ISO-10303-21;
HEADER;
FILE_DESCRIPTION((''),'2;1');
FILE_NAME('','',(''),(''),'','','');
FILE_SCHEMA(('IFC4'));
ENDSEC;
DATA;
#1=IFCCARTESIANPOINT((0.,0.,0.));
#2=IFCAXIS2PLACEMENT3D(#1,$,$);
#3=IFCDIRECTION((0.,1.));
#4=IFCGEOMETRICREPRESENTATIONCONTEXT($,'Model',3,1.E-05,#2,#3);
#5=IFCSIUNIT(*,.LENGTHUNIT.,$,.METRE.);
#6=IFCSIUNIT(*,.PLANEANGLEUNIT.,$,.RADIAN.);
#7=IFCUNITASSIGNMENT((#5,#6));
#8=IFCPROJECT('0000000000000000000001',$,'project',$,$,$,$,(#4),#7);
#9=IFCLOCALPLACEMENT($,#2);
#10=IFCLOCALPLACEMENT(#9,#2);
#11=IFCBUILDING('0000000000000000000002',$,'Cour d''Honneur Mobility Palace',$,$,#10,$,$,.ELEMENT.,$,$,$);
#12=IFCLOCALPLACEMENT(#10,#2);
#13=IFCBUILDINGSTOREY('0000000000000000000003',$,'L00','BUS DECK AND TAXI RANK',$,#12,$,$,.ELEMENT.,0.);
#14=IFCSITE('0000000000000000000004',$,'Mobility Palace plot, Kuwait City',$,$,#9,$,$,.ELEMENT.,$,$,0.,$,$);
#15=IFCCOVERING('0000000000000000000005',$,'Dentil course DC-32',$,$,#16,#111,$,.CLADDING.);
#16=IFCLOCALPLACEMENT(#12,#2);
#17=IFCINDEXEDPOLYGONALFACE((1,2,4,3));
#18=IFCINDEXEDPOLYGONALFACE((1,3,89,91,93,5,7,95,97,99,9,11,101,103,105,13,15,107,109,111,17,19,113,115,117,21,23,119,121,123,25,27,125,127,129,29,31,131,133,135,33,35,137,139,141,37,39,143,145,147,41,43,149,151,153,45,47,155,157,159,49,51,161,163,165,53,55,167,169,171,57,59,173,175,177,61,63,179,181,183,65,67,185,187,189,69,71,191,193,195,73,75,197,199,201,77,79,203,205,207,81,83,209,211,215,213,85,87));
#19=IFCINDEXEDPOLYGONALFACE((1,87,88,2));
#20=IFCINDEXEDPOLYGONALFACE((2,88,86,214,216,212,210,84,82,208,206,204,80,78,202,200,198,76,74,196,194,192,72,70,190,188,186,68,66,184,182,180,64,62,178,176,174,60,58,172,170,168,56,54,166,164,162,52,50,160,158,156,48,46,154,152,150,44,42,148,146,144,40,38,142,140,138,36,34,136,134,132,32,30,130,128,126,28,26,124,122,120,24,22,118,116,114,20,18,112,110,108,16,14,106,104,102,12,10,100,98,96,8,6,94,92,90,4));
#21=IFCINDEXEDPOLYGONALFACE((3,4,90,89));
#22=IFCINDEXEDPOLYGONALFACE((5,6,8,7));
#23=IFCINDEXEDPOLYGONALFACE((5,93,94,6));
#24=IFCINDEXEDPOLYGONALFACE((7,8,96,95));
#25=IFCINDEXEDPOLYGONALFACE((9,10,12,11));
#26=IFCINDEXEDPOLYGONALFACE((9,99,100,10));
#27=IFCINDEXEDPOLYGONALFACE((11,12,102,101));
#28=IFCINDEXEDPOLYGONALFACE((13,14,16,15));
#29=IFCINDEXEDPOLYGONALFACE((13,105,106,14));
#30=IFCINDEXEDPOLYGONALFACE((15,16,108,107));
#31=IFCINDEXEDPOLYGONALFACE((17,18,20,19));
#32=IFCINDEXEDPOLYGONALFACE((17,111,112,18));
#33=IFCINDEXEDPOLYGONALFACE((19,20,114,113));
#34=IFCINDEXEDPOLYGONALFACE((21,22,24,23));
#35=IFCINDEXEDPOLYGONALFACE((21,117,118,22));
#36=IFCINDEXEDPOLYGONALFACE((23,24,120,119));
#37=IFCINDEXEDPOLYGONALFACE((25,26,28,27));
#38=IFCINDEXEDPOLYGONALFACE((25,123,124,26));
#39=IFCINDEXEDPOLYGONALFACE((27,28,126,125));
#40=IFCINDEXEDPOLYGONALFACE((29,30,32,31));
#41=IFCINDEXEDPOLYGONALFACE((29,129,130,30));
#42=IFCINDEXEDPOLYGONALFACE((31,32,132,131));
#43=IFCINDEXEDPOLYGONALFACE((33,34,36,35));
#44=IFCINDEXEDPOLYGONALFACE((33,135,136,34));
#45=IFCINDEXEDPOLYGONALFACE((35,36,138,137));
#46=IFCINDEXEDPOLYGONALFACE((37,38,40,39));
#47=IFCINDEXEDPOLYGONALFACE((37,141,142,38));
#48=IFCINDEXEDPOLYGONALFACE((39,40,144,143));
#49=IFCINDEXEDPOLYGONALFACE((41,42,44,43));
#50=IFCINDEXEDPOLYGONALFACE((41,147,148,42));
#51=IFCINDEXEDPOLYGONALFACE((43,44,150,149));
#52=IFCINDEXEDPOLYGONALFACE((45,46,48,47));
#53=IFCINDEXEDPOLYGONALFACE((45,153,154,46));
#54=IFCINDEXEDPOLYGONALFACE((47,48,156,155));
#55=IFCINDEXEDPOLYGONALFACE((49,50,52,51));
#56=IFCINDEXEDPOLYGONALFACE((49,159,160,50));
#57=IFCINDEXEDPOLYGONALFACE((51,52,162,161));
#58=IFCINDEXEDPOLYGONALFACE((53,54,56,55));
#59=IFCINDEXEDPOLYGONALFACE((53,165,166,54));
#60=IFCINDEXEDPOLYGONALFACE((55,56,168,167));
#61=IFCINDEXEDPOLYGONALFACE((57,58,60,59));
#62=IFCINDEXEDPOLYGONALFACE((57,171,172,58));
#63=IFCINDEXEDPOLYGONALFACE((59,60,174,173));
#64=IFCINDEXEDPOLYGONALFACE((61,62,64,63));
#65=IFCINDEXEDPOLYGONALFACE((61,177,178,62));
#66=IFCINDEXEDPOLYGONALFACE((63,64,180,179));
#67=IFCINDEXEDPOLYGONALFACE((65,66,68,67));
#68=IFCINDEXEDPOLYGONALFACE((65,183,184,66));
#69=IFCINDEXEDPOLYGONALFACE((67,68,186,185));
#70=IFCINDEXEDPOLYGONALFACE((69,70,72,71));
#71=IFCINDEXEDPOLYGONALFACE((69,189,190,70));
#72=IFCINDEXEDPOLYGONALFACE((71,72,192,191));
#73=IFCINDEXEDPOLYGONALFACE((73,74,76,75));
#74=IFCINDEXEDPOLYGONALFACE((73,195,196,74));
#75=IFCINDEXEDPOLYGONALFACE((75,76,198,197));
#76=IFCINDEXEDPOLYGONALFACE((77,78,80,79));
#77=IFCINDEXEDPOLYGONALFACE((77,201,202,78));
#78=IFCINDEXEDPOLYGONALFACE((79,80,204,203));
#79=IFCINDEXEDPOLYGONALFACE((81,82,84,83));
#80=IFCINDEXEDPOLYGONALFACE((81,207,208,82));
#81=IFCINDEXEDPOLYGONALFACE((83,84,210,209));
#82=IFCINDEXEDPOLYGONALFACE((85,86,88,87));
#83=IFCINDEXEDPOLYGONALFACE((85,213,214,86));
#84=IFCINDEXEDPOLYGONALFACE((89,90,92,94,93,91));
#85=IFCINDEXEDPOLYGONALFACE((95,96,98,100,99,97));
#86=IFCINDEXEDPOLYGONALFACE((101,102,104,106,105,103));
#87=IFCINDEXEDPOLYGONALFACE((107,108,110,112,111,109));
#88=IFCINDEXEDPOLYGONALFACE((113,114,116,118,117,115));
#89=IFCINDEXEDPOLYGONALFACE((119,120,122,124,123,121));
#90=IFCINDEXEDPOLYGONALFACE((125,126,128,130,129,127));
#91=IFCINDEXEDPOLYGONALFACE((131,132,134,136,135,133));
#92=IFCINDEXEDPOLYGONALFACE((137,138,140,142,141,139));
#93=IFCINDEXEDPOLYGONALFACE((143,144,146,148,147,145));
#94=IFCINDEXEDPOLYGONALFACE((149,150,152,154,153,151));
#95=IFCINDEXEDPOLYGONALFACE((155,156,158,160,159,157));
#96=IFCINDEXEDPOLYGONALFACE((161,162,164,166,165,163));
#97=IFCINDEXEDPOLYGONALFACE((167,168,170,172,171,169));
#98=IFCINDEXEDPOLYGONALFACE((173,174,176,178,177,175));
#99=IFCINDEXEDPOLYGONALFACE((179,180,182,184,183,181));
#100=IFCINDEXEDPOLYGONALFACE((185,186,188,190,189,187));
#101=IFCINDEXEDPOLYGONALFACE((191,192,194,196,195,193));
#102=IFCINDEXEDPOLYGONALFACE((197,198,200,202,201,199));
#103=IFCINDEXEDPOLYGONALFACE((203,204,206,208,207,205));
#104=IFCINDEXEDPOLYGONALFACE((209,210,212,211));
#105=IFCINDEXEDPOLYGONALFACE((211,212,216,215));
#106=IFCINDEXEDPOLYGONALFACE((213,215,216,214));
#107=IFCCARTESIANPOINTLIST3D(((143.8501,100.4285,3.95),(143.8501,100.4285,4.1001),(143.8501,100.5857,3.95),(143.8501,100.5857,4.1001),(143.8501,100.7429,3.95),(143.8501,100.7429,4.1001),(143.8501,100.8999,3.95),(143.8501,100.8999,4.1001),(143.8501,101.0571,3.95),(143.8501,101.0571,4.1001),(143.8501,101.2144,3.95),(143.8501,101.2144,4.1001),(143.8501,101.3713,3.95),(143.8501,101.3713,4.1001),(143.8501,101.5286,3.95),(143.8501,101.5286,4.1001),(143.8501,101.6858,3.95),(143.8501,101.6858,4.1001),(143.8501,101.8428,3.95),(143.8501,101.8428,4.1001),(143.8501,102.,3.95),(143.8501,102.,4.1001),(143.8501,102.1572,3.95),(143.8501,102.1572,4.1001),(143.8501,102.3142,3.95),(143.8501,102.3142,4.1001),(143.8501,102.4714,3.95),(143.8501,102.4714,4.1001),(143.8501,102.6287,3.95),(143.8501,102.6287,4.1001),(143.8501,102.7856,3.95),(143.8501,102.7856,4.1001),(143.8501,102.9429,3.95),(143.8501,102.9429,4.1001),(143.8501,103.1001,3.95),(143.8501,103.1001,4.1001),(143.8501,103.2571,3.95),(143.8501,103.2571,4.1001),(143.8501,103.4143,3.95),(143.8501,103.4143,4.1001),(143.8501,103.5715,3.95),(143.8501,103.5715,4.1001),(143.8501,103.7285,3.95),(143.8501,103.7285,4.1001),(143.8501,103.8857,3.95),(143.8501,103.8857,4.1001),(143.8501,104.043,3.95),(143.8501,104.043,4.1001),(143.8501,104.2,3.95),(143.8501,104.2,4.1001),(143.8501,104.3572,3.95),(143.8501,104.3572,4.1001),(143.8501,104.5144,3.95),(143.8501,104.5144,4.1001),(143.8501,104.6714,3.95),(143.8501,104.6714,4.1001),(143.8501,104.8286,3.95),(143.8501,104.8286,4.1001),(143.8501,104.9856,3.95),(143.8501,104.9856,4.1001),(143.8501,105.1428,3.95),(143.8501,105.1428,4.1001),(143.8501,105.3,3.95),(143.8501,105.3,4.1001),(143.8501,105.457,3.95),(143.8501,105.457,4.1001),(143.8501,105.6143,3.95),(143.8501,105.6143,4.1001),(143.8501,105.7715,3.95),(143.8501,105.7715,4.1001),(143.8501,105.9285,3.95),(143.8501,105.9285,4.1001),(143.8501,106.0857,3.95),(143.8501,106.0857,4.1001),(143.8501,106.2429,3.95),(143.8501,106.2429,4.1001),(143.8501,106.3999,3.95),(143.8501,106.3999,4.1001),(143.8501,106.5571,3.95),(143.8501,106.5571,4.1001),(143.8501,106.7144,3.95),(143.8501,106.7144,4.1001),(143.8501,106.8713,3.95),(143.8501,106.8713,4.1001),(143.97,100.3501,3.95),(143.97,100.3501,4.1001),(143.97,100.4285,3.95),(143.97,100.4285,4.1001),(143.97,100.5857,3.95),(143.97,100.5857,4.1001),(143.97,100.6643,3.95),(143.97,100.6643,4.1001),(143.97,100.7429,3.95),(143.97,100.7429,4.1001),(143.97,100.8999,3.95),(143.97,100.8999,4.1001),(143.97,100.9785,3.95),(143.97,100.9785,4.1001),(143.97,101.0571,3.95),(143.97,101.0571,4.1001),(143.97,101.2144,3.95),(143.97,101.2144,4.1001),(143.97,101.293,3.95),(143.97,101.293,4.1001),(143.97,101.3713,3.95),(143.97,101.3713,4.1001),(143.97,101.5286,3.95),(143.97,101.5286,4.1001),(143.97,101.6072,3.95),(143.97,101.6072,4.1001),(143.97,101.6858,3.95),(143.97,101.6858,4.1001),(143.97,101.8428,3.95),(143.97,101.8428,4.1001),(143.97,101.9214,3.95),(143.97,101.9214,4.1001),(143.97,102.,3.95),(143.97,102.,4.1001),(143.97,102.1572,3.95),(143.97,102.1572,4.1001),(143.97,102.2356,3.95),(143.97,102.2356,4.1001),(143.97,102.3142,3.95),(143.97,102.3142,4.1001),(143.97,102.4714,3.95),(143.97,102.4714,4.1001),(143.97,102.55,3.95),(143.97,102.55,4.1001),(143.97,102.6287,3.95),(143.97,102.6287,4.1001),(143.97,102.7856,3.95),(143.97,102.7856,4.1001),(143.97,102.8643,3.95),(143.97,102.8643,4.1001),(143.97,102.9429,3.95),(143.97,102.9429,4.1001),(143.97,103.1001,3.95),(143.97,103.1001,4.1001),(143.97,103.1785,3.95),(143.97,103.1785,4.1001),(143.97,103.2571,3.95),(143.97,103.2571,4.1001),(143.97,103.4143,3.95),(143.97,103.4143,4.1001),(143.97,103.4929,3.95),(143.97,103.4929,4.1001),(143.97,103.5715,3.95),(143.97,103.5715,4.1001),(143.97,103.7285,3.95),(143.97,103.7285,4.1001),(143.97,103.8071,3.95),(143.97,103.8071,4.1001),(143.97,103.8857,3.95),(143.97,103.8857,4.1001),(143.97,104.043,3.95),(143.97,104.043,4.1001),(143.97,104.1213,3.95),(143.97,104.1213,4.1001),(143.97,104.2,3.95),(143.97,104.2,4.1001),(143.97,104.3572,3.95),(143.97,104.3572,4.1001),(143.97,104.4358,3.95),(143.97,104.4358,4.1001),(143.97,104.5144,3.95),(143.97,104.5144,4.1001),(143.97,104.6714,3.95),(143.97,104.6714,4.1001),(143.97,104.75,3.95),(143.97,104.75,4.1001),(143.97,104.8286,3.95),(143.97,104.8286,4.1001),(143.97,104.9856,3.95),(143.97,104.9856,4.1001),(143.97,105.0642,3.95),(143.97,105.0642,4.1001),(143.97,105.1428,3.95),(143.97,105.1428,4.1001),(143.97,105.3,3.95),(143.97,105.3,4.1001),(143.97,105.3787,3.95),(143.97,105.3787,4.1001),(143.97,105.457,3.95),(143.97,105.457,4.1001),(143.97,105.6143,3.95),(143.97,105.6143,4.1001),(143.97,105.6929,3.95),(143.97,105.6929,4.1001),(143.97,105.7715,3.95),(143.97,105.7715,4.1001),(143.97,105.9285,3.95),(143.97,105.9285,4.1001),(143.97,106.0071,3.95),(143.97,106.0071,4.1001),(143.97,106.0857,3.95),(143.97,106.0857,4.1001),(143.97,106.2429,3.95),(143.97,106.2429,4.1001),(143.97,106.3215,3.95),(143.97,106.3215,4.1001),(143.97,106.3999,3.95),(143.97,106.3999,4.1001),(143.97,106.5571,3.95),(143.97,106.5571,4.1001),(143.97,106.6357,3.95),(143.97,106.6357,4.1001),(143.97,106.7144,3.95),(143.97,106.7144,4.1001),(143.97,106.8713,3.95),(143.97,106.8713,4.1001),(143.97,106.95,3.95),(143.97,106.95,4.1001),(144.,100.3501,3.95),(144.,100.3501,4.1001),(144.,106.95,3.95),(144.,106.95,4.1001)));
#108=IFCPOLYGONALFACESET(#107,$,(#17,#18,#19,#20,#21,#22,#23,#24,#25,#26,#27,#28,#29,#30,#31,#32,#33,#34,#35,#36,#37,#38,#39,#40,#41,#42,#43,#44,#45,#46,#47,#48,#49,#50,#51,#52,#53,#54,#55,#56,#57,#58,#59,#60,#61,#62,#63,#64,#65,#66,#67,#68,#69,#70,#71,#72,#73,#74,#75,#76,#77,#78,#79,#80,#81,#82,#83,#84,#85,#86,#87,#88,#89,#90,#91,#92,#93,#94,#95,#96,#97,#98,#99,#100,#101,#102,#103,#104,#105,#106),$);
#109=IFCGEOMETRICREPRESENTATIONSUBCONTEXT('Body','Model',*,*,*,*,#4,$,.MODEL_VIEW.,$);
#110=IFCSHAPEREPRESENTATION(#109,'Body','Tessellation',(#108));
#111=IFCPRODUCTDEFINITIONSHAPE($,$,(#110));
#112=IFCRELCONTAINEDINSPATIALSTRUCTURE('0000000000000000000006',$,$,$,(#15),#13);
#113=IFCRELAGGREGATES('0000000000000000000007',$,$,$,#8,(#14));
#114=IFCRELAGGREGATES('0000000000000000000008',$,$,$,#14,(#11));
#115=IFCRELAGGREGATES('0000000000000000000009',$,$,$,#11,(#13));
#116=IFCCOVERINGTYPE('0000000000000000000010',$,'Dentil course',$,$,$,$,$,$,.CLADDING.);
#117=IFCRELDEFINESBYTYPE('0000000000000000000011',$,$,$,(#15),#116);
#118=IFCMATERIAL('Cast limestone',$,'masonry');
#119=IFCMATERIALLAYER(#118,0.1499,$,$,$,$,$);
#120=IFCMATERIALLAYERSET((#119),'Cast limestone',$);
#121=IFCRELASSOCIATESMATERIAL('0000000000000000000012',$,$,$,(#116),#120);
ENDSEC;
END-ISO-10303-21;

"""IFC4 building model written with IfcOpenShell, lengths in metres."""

from ifc_helpers import new_model, si_unit, direction, frame, origin, place, context, subcontext, project, spatial, polyline, outline, extrude, material, layer, layer_set, type_object, element, save


model = new_model("IFC4")

# Units and contexts
model_context = context("Model", 3, precision=1e-05, world=origin(), true_north=direction((0.0, 1.0)))
body_context = subcontext(model_context, "Body", "Model", "MODEL_VIEW")
ifc_project = project(units=[si_unit("LENGTHUNIT", "METRE"), si_unit("PLANEANGLEUNIT", "RADIAN")], contexts=[model_context])

# Site, building, storey
site_placement = place(None, origin())
site = spatial("IfcSite", under=ifc_project, at=site_placement, Name="Mobility Palace plot, Kuwait City", CompositionType="ELEMENT", RefElevation=0.0)
building_placement = place(site_placement, origin())
building = spatial("IfcBuilding", under=site, at=building_placement, Name="Cour d'Honneur Mobility Palace", CompositionType="ELEMENT")
storey_placement = place(building_placement, origin())
storey = spatial("IfcBuildingStorey", under=building, at=storey_placement, Name="L00", Description="BUS DECK AND TAXI RANK", CompositionType="ELEMENT", Elevation=0.0)

# Covering
ifc_material = material(Name="Cast limestone", Category="masonry")
ifc_layer = layer(ifc_material, 0.1499)
ifc_layer_set = layer_set([ifc_layer], Name="Cast limestone")
covering_type = type_object("IfcCoveringType", Name="Dentil course", PredefinedType="CLADDING", material=ifc_layer_set)
covering_1_placement = place(storey_placement, frame((0.0, 0.0, 3.95)))
element("IfcCovering", 1, at=covering_1_placement, inside=storey, type_object=covering_type, Name="Dentil course DC-32", PredefinedType="CLADDING", context=body_context, shape_type="SweptSolid", body=[
    extrude(outline(polyline([(144.0, 106.95), (144.0, 100.3501), (143.97, 100.3501), (143.97, 100.3501), (143.97, 100.4285), (143.8501, 100.4285), (143.8501, 100.5857), (143.97, 100.5857), (143.97, 100.6643), (143.97, 100.6643), (143.97, 100.7429), (143.8501, 100.7429), (143.8501, 100.8999), (143.97, 100.8999), (143.97, 100.9785), (143.97, 100.9785), (143.97, 101.0571), (143.8501, 101.0571), (143.8501, 101.2144), (143.97, 101.2144), (143.97, 101.293), (143.97, 101.293), (143.97, 101.3713), (143.8501, 101.3713), (143.8501, 101.5286), (143.97, 101.5286), (143.97, 101.6072), (143.97, 101.6072), (143.97, 101.6858), (143.8501, 101.6858), (143.8501, 101.8428), (143.97, 101.8428), (143.97, 101.9214), (143.97, 101.9214), (143.97, 102.0), (143.8501, 102.0), (143.8501, 102.1572), (143.97, 102.1572), (143.97, 102.2356), (143.97, 102.2356), (143.97, 102.3142), (143.8501, 102.3142), (143.8501, 102.4714), (143.97, 102.4714), (143.97, 102.55), (143.97, 102.55), (143.97, 102.6287), (143.8501, 102.6287), (143.8501, 102.7856), (143.97, 102.7856), (143.97, 102.8643), (143.97, 102.8643), (143.97, 102.9429), (143.8501, 102.9429), (143.8501, 103.1001), (143.97, 103.1001), (143.97, 103.1785), (143.97, 103.1785), (143.97, 103.2571), (143.8501, 103.2571), (143.8501, 103.4143), (143.97, 103.4143), (143.97, 103.4929), (143.97, 103.4929), (143.97, 103.5715), (143.8501, 103.5715), (143.8501, 103.7285), (143.97, 103.7285), (143.97, 103.8071), (143.97, 103.8071), (143.97, 103.8857), (143.8501, 103.8857), (143.8501, 104.043), (143.97, 104.043), (143.97, 104.1213), (143.97, 104.1213), (143.97, 104.2), (143.8501, 104.2), (143.8501, 104.3572), (143.97, 104.3572), (143.97, 104.4358), (143.97, 104.4358), (143.97, 104.5144), (143.8501, 104.5144), (143.8501, 104.6714), (143.97, 104.6714), (143.97, 104.75), (143.97, 104.75), (143.97, 104.8286), (143.8501, 104.8286), (143.8501, 104.9856), (143.97, 104.9856), (143.97, 105.0642), (143.97, 105.0642), (143.97, 105.1428), (143.8501, 105.1428), (143.8501, 105.3), (143.97, 105.3), (143.97, 105.3787), (143.97, 105.3787), (143.97, 105.457), (143.8501, 105.457), (143.8501, 105.6143), (143.97, 105.6143), (143.97, 105.6929), (143.97, 105.6929), (143.97, 105.7715), (143.8501, 105.7715), (143.8501, 105.9285), (143.97, 105.9285), (143.97, 106.0071), (143.97, 106.0071), (143.97, 106.0857), (143.8501, 106.0857), (143.8501, 106.2429), (143.97, 106.2429), (143.97, 106.3215), (143.97, 106.3215), (143.97, 106.3999), (143.8501, 106.3999), (143.8501, 106.5571), (143.97, 106.5571), (143.97, 106.6357), (143.97, 106.6357), (143.97, 106.7144), (143.8501, 106.7144), (143.8501, 106.8713), (143.97, 106.8713), (143.97, 106.95), (144.0, 106.95)])), origin(), (0.0, 0.0, 1.0), 0.1501),
])

save(model, "model.ifc")
